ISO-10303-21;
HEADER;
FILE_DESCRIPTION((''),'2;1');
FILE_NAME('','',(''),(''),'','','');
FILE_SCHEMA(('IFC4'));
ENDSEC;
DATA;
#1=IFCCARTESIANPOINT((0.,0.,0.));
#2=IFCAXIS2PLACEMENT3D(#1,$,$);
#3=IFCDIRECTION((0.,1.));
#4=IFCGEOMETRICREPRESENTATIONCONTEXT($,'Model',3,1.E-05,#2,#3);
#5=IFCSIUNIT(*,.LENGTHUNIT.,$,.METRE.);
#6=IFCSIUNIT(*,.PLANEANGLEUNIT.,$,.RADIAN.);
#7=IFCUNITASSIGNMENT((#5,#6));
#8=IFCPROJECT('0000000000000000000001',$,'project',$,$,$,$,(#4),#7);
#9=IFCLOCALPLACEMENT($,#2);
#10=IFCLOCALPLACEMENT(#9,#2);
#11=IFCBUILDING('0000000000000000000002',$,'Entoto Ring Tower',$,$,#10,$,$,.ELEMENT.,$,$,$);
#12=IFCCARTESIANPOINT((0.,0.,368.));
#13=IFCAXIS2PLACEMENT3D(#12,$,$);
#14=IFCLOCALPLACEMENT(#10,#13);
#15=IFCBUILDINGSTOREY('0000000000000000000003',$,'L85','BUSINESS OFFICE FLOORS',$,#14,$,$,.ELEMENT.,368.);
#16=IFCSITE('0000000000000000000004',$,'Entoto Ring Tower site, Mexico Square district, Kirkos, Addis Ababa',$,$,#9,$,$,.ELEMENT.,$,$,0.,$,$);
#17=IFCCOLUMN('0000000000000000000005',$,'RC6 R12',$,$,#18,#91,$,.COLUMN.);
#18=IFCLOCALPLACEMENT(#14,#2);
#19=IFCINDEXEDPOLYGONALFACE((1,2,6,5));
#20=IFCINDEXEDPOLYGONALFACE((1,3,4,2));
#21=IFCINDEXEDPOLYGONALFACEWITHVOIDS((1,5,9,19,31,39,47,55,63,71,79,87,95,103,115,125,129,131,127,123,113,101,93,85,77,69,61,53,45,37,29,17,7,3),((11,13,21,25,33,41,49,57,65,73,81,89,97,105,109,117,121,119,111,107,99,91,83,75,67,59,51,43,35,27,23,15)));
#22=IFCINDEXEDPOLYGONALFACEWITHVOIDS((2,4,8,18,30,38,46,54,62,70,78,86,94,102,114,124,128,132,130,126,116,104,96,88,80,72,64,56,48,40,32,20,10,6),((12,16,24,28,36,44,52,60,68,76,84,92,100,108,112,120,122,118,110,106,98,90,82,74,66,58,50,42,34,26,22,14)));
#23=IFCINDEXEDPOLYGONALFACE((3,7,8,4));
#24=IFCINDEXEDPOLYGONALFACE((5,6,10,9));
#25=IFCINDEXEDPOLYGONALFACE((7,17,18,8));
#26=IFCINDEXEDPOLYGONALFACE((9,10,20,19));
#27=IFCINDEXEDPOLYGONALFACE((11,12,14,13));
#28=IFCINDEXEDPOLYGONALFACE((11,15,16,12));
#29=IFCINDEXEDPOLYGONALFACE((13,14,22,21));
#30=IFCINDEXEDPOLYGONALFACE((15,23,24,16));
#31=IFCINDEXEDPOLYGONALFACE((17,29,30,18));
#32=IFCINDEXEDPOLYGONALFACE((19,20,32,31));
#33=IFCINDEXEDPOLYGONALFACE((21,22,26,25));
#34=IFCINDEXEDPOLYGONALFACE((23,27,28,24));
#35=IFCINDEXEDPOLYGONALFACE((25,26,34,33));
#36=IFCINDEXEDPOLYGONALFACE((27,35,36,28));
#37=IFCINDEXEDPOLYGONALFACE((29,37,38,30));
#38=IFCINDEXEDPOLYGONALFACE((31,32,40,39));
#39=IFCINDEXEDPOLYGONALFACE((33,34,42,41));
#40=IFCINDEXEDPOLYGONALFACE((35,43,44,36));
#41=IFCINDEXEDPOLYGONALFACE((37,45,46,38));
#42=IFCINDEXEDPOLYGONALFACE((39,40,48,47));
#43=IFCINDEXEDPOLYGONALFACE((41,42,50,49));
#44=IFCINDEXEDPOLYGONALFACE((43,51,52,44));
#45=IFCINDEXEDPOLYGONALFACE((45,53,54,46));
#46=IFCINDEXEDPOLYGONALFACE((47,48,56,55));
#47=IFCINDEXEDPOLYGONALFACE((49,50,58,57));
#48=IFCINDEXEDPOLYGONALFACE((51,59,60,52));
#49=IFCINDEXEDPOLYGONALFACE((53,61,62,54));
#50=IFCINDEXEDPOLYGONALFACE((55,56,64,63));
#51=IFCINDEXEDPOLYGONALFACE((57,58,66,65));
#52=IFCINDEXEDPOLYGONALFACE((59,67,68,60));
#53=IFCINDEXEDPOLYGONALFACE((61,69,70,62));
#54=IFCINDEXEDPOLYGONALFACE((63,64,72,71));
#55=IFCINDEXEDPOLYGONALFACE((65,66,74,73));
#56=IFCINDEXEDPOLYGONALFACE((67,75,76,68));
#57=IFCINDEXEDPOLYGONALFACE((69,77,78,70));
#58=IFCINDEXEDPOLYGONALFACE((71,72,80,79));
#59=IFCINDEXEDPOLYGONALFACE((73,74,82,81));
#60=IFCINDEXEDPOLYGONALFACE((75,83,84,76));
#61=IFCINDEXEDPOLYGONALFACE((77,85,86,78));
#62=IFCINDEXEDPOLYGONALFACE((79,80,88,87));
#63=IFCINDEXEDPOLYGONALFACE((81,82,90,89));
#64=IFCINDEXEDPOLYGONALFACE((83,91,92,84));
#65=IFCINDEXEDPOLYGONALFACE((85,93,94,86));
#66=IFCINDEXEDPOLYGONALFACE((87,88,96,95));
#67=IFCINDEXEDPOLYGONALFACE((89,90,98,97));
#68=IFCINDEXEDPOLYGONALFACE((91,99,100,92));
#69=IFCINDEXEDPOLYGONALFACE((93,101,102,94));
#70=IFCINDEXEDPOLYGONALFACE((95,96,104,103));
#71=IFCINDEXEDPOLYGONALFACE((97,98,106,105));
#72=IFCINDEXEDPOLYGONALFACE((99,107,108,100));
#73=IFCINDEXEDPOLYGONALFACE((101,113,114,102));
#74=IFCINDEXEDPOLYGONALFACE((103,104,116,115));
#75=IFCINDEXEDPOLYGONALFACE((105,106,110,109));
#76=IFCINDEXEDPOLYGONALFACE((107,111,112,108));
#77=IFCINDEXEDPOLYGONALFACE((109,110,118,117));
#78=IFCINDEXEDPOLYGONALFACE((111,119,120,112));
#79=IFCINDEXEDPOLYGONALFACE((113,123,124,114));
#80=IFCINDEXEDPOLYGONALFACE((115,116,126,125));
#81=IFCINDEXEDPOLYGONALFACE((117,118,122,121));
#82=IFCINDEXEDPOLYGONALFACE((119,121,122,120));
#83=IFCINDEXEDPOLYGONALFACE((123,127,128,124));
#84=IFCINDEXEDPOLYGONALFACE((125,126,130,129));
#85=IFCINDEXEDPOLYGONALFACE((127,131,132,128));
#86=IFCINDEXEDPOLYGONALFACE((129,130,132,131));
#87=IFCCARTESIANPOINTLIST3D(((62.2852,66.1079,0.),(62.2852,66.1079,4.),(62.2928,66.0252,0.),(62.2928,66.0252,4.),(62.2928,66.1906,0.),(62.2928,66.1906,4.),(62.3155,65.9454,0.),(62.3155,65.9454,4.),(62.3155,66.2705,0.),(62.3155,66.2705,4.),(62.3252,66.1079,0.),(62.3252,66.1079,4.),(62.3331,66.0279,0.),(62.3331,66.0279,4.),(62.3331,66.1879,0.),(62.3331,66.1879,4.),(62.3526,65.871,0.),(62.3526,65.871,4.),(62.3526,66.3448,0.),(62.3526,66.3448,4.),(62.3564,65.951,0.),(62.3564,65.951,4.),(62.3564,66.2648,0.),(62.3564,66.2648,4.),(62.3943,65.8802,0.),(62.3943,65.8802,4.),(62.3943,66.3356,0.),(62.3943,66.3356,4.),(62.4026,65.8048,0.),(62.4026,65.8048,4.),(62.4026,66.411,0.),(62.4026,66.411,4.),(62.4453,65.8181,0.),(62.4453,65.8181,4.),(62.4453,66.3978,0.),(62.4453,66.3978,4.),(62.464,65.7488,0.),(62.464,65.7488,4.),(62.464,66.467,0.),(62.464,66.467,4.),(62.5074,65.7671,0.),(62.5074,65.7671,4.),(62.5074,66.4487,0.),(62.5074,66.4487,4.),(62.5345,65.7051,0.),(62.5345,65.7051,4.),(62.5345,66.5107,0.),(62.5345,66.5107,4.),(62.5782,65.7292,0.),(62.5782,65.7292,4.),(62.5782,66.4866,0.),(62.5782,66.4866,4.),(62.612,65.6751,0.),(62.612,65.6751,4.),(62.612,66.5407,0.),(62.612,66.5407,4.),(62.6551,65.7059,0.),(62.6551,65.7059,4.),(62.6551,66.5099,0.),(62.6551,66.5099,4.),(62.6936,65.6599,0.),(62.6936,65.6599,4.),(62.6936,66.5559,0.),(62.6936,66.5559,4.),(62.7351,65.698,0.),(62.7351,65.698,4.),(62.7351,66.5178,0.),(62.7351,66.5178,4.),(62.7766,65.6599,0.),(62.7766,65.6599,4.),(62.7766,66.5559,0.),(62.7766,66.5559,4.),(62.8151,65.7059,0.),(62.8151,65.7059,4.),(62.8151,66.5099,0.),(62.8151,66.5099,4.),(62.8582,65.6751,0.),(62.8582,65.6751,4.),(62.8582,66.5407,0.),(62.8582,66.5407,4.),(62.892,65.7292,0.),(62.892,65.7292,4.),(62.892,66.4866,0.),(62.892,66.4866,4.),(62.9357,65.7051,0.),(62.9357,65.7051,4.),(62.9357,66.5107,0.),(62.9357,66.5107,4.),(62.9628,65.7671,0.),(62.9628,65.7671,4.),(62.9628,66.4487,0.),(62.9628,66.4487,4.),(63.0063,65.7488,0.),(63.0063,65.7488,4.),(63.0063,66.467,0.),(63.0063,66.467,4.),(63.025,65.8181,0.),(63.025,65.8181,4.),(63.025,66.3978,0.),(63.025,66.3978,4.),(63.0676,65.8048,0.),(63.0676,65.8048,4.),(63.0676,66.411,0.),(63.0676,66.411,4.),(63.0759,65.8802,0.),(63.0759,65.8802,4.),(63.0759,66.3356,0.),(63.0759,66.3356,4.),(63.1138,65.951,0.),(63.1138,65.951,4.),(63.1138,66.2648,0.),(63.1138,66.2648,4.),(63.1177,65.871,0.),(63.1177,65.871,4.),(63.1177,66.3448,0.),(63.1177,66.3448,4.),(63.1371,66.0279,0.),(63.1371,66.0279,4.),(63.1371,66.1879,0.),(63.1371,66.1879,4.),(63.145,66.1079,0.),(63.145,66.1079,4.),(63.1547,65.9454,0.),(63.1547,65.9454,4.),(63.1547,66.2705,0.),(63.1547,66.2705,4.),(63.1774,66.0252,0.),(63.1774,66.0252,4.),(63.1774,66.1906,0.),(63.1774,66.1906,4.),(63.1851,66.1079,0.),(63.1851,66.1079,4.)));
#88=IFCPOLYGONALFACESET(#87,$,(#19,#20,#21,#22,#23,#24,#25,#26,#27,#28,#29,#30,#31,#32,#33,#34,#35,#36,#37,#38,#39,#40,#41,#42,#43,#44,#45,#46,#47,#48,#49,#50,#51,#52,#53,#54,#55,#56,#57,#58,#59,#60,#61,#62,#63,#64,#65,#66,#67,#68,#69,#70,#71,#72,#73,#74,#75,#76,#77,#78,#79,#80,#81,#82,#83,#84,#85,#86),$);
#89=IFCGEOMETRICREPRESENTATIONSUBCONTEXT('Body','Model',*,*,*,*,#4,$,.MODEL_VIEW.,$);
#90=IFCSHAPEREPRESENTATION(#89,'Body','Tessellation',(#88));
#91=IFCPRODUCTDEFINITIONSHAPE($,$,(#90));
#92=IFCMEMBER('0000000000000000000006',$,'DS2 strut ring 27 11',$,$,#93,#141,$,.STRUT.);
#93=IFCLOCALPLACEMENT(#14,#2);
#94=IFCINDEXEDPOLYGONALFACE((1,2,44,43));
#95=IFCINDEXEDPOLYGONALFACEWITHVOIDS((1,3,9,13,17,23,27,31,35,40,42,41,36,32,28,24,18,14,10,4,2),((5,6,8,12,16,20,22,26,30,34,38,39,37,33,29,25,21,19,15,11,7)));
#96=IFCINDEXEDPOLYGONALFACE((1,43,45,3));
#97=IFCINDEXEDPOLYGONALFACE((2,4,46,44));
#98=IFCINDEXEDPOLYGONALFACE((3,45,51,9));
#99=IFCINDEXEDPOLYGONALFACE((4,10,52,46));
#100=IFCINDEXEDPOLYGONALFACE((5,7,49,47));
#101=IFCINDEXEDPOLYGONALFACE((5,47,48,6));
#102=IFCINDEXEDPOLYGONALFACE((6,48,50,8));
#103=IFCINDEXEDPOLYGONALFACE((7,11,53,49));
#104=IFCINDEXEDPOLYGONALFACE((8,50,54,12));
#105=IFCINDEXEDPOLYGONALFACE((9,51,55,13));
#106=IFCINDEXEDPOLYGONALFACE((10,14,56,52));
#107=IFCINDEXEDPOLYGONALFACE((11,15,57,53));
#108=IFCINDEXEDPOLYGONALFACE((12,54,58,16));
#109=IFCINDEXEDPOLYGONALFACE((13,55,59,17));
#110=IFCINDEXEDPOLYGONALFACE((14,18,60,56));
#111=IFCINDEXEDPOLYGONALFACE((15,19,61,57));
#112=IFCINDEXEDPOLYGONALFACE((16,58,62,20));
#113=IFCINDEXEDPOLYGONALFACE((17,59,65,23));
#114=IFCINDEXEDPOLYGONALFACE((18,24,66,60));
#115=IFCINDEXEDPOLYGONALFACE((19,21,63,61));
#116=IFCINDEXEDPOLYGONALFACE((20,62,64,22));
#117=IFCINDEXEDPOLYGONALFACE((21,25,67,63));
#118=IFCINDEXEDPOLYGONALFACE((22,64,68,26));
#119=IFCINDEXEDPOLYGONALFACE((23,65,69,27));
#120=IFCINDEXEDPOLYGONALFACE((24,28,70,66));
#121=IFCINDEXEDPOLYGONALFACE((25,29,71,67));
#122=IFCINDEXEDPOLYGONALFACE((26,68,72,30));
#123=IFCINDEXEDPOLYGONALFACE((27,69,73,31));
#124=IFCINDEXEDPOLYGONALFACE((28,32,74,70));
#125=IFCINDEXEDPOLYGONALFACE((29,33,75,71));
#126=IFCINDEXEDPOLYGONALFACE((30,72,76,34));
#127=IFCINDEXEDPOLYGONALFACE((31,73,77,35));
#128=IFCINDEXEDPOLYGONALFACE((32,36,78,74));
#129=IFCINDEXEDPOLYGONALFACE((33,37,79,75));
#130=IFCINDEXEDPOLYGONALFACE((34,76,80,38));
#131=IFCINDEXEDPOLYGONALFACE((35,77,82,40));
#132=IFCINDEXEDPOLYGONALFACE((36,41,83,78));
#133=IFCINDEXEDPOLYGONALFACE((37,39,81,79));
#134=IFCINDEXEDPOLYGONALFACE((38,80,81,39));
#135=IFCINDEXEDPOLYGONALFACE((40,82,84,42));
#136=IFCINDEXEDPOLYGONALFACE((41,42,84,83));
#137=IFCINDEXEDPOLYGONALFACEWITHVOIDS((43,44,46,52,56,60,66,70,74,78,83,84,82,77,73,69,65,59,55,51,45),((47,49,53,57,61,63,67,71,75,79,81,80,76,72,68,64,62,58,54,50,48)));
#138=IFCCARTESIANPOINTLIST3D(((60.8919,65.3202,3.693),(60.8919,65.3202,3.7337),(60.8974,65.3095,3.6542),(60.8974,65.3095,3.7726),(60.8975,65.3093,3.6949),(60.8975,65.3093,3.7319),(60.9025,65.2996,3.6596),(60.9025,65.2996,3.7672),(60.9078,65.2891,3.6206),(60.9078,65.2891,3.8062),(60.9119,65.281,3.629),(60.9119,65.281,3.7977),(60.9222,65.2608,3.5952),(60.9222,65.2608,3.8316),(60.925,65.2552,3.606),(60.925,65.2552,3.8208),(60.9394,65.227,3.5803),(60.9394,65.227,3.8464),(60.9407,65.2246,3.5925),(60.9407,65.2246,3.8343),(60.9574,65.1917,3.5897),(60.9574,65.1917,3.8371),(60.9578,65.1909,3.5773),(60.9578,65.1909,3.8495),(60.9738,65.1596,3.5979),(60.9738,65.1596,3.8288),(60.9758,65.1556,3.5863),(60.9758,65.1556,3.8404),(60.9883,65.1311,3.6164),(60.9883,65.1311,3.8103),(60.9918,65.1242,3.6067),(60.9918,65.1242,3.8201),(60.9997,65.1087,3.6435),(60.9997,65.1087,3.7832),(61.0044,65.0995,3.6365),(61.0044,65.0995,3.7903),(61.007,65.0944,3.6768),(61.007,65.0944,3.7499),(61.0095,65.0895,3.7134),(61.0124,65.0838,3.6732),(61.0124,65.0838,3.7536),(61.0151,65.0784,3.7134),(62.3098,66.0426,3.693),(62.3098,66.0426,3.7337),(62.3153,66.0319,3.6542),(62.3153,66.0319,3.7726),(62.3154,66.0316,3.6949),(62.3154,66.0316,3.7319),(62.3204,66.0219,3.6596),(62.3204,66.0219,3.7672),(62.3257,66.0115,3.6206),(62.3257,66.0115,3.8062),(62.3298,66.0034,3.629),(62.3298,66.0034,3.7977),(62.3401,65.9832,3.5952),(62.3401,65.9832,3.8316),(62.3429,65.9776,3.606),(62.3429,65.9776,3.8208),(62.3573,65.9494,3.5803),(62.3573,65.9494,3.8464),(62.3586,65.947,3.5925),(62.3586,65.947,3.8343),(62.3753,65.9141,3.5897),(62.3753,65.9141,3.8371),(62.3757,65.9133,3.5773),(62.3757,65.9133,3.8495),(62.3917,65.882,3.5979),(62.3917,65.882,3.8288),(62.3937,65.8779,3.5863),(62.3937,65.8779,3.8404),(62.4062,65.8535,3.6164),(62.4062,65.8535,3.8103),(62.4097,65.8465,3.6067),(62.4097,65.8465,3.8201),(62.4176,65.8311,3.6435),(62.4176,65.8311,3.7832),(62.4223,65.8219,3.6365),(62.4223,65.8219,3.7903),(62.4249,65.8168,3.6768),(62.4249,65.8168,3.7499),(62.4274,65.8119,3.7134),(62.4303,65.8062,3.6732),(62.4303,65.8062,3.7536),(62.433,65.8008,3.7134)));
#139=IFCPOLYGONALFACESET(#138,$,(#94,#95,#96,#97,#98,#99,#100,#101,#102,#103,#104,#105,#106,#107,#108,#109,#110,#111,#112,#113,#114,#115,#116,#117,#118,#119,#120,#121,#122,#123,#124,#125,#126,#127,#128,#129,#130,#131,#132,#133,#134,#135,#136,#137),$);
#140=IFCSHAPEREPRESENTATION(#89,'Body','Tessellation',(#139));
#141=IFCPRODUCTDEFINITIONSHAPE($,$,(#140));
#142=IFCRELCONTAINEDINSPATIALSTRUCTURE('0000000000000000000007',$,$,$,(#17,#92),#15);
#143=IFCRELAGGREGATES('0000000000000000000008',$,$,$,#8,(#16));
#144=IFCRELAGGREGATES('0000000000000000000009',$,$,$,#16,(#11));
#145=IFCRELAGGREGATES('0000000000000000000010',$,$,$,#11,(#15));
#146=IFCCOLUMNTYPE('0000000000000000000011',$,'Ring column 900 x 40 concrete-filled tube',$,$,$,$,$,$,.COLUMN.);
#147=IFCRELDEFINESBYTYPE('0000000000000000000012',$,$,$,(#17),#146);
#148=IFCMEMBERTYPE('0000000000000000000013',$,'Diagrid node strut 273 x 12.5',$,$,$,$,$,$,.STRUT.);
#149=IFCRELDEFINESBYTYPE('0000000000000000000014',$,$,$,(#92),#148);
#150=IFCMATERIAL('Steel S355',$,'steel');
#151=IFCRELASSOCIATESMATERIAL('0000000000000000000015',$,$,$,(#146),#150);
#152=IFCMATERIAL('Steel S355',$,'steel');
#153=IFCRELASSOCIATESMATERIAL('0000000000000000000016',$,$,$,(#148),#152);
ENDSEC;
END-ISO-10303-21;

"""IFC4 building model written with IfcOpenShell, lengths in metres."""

from ifc_helpers import new_model, si_unit, direction, frame, origin, origin_2d, place, context, subcontext, project, spatial, circle, hollow_circle, extrude, material, material_profile, profile_set, type_object, element, save


model = new_model("IFC4")

# Units and contexts
model_context = context("Model", 3, precision=1e-05, world=origin(), true_north=direction((0.0, 1.0)))
body_context = subcontext(model_context, "Body", "Model", "MODEL_VIEW")
ifc_project = project(units=[si_unit("LENGTHUNIT", "METRE"), si_unit("PLANEANGLEUNIT", "RADIAN")], contexts=[model_context])

# Site, building, storey
site_placement = place(None, origin())
site = spatial("IfcSite", under=ifc_project, at=site_placement, Name="Entoto Ring Tower site, Mexico Square district, Kirkos, Addis Ababa", CompositionType="ELEMENT", RefElevation=0.0)
building_placement = place(site_placement, origin())
building = spatial("IfcBuilding", under=site, at=building_placement, Name="Entoto Ring Tower", CompositionType="ELEMENT")
storey_placement = place(building_placement, frame((0.0, 0.0, 368.0)))
storey = spatial("IfcBuildingStorey", under=building, at=storey_placement, Name="L85", Description="BUSINESS OFFICE FLOORS", CompositionType="ELEMENT", Elevation=368.0)

# Column
ifc_material_1 = material(Name="Steel S355", Category="steel")
ifc_material_profile_1 = material_profile(ifc_material_1, hollow_circle(Radius=0.45, WallThickness=0.04, at=origin_2d()), Name="CHS 900 x 40")
ifc_material_2 = material(Name="Concrete C60/75", Category="concrete")
ifc_material_profile_2 = material_profile(ifc_material_2, circle(Radius=0.4099, at=origin_2d()), Name="Concrete C60/75 infill")
ifc_profile_set_1 = profile_set([ifc_material_profile_1, ifc_material_profile_2], Name="Steel S355")
column_type = type_object("IfcColumnType", Name="Ring column 900 x 40 concrete-filled tube", PredefinedType="COLUMN", material=ifc_profile_set_1)
column_placement = place(storey_placement, frame((62.7351, 66.1079, 0.0), z_axis=(0.0, 0.0, 1.0), x_axis=(1.0, 0.0, 0.0)))
element("IfcColumn", 1, at=column_placement, inside=storey, type_object=column_type, Name="RC6 R12", PredefinedType="COLUMN", context=body_context, shape_type="SweptSolid", body=[
    extrude(hollow_circle(Radius=0.45, WallThickness=0.04, at=origin_2d()), origin(), (0.0, 0.0, 1.0), 4.0),
])

# Member
ifc_material_3 = material(Name="Steel S355", Category="steel")
ifc_material_profile_3 = material_profile(ifc_material_3, hollow_circle(Radius=0.1365, WallThickness=0.0125, at=origin_2d()), Name="CHS 273 x 12.5")
ifc_material_4 = material(Name="Concrete C60/75", Category="concrete")
ifc_material_profile_4 = material_profile(ifc_material_4, circle(Radius=0.124, at=origin_2d()), Name="Concrete C60/75 infill")
ifc_profile_set_2 = profile_set([ifc_material_profile_3, ifc_material_profile_4], Name="Steel S355")
member_type = type_object("IfcMemberType", Name="Diagrid node strut 273 x 12.5", PredefinedType="STRUT", material=ifc_profile_set_2)
member_placement = place(storey_placement, frame((62.3711, 65.9224, 3.7134), z_axis=(-0.891027, -0.453951, 0.0), x_axis=(0.453951, -0.891027, 0.0)))
element("IfcMember", 2, at=member_placement, inside=storey, type_object=member_type, Name="DS2 strut ring 27 11", PredefinedType="STRUT", context=body_context, shape_type="SweptSolid", body=[
    extrude(hollow_circle(Radius=0.1365, WallThickness=0.0125, at=origin_2d()), origin(), (0.0, 0.0, 1.0), 1.5913),
])

save(model, "model.ifc")
